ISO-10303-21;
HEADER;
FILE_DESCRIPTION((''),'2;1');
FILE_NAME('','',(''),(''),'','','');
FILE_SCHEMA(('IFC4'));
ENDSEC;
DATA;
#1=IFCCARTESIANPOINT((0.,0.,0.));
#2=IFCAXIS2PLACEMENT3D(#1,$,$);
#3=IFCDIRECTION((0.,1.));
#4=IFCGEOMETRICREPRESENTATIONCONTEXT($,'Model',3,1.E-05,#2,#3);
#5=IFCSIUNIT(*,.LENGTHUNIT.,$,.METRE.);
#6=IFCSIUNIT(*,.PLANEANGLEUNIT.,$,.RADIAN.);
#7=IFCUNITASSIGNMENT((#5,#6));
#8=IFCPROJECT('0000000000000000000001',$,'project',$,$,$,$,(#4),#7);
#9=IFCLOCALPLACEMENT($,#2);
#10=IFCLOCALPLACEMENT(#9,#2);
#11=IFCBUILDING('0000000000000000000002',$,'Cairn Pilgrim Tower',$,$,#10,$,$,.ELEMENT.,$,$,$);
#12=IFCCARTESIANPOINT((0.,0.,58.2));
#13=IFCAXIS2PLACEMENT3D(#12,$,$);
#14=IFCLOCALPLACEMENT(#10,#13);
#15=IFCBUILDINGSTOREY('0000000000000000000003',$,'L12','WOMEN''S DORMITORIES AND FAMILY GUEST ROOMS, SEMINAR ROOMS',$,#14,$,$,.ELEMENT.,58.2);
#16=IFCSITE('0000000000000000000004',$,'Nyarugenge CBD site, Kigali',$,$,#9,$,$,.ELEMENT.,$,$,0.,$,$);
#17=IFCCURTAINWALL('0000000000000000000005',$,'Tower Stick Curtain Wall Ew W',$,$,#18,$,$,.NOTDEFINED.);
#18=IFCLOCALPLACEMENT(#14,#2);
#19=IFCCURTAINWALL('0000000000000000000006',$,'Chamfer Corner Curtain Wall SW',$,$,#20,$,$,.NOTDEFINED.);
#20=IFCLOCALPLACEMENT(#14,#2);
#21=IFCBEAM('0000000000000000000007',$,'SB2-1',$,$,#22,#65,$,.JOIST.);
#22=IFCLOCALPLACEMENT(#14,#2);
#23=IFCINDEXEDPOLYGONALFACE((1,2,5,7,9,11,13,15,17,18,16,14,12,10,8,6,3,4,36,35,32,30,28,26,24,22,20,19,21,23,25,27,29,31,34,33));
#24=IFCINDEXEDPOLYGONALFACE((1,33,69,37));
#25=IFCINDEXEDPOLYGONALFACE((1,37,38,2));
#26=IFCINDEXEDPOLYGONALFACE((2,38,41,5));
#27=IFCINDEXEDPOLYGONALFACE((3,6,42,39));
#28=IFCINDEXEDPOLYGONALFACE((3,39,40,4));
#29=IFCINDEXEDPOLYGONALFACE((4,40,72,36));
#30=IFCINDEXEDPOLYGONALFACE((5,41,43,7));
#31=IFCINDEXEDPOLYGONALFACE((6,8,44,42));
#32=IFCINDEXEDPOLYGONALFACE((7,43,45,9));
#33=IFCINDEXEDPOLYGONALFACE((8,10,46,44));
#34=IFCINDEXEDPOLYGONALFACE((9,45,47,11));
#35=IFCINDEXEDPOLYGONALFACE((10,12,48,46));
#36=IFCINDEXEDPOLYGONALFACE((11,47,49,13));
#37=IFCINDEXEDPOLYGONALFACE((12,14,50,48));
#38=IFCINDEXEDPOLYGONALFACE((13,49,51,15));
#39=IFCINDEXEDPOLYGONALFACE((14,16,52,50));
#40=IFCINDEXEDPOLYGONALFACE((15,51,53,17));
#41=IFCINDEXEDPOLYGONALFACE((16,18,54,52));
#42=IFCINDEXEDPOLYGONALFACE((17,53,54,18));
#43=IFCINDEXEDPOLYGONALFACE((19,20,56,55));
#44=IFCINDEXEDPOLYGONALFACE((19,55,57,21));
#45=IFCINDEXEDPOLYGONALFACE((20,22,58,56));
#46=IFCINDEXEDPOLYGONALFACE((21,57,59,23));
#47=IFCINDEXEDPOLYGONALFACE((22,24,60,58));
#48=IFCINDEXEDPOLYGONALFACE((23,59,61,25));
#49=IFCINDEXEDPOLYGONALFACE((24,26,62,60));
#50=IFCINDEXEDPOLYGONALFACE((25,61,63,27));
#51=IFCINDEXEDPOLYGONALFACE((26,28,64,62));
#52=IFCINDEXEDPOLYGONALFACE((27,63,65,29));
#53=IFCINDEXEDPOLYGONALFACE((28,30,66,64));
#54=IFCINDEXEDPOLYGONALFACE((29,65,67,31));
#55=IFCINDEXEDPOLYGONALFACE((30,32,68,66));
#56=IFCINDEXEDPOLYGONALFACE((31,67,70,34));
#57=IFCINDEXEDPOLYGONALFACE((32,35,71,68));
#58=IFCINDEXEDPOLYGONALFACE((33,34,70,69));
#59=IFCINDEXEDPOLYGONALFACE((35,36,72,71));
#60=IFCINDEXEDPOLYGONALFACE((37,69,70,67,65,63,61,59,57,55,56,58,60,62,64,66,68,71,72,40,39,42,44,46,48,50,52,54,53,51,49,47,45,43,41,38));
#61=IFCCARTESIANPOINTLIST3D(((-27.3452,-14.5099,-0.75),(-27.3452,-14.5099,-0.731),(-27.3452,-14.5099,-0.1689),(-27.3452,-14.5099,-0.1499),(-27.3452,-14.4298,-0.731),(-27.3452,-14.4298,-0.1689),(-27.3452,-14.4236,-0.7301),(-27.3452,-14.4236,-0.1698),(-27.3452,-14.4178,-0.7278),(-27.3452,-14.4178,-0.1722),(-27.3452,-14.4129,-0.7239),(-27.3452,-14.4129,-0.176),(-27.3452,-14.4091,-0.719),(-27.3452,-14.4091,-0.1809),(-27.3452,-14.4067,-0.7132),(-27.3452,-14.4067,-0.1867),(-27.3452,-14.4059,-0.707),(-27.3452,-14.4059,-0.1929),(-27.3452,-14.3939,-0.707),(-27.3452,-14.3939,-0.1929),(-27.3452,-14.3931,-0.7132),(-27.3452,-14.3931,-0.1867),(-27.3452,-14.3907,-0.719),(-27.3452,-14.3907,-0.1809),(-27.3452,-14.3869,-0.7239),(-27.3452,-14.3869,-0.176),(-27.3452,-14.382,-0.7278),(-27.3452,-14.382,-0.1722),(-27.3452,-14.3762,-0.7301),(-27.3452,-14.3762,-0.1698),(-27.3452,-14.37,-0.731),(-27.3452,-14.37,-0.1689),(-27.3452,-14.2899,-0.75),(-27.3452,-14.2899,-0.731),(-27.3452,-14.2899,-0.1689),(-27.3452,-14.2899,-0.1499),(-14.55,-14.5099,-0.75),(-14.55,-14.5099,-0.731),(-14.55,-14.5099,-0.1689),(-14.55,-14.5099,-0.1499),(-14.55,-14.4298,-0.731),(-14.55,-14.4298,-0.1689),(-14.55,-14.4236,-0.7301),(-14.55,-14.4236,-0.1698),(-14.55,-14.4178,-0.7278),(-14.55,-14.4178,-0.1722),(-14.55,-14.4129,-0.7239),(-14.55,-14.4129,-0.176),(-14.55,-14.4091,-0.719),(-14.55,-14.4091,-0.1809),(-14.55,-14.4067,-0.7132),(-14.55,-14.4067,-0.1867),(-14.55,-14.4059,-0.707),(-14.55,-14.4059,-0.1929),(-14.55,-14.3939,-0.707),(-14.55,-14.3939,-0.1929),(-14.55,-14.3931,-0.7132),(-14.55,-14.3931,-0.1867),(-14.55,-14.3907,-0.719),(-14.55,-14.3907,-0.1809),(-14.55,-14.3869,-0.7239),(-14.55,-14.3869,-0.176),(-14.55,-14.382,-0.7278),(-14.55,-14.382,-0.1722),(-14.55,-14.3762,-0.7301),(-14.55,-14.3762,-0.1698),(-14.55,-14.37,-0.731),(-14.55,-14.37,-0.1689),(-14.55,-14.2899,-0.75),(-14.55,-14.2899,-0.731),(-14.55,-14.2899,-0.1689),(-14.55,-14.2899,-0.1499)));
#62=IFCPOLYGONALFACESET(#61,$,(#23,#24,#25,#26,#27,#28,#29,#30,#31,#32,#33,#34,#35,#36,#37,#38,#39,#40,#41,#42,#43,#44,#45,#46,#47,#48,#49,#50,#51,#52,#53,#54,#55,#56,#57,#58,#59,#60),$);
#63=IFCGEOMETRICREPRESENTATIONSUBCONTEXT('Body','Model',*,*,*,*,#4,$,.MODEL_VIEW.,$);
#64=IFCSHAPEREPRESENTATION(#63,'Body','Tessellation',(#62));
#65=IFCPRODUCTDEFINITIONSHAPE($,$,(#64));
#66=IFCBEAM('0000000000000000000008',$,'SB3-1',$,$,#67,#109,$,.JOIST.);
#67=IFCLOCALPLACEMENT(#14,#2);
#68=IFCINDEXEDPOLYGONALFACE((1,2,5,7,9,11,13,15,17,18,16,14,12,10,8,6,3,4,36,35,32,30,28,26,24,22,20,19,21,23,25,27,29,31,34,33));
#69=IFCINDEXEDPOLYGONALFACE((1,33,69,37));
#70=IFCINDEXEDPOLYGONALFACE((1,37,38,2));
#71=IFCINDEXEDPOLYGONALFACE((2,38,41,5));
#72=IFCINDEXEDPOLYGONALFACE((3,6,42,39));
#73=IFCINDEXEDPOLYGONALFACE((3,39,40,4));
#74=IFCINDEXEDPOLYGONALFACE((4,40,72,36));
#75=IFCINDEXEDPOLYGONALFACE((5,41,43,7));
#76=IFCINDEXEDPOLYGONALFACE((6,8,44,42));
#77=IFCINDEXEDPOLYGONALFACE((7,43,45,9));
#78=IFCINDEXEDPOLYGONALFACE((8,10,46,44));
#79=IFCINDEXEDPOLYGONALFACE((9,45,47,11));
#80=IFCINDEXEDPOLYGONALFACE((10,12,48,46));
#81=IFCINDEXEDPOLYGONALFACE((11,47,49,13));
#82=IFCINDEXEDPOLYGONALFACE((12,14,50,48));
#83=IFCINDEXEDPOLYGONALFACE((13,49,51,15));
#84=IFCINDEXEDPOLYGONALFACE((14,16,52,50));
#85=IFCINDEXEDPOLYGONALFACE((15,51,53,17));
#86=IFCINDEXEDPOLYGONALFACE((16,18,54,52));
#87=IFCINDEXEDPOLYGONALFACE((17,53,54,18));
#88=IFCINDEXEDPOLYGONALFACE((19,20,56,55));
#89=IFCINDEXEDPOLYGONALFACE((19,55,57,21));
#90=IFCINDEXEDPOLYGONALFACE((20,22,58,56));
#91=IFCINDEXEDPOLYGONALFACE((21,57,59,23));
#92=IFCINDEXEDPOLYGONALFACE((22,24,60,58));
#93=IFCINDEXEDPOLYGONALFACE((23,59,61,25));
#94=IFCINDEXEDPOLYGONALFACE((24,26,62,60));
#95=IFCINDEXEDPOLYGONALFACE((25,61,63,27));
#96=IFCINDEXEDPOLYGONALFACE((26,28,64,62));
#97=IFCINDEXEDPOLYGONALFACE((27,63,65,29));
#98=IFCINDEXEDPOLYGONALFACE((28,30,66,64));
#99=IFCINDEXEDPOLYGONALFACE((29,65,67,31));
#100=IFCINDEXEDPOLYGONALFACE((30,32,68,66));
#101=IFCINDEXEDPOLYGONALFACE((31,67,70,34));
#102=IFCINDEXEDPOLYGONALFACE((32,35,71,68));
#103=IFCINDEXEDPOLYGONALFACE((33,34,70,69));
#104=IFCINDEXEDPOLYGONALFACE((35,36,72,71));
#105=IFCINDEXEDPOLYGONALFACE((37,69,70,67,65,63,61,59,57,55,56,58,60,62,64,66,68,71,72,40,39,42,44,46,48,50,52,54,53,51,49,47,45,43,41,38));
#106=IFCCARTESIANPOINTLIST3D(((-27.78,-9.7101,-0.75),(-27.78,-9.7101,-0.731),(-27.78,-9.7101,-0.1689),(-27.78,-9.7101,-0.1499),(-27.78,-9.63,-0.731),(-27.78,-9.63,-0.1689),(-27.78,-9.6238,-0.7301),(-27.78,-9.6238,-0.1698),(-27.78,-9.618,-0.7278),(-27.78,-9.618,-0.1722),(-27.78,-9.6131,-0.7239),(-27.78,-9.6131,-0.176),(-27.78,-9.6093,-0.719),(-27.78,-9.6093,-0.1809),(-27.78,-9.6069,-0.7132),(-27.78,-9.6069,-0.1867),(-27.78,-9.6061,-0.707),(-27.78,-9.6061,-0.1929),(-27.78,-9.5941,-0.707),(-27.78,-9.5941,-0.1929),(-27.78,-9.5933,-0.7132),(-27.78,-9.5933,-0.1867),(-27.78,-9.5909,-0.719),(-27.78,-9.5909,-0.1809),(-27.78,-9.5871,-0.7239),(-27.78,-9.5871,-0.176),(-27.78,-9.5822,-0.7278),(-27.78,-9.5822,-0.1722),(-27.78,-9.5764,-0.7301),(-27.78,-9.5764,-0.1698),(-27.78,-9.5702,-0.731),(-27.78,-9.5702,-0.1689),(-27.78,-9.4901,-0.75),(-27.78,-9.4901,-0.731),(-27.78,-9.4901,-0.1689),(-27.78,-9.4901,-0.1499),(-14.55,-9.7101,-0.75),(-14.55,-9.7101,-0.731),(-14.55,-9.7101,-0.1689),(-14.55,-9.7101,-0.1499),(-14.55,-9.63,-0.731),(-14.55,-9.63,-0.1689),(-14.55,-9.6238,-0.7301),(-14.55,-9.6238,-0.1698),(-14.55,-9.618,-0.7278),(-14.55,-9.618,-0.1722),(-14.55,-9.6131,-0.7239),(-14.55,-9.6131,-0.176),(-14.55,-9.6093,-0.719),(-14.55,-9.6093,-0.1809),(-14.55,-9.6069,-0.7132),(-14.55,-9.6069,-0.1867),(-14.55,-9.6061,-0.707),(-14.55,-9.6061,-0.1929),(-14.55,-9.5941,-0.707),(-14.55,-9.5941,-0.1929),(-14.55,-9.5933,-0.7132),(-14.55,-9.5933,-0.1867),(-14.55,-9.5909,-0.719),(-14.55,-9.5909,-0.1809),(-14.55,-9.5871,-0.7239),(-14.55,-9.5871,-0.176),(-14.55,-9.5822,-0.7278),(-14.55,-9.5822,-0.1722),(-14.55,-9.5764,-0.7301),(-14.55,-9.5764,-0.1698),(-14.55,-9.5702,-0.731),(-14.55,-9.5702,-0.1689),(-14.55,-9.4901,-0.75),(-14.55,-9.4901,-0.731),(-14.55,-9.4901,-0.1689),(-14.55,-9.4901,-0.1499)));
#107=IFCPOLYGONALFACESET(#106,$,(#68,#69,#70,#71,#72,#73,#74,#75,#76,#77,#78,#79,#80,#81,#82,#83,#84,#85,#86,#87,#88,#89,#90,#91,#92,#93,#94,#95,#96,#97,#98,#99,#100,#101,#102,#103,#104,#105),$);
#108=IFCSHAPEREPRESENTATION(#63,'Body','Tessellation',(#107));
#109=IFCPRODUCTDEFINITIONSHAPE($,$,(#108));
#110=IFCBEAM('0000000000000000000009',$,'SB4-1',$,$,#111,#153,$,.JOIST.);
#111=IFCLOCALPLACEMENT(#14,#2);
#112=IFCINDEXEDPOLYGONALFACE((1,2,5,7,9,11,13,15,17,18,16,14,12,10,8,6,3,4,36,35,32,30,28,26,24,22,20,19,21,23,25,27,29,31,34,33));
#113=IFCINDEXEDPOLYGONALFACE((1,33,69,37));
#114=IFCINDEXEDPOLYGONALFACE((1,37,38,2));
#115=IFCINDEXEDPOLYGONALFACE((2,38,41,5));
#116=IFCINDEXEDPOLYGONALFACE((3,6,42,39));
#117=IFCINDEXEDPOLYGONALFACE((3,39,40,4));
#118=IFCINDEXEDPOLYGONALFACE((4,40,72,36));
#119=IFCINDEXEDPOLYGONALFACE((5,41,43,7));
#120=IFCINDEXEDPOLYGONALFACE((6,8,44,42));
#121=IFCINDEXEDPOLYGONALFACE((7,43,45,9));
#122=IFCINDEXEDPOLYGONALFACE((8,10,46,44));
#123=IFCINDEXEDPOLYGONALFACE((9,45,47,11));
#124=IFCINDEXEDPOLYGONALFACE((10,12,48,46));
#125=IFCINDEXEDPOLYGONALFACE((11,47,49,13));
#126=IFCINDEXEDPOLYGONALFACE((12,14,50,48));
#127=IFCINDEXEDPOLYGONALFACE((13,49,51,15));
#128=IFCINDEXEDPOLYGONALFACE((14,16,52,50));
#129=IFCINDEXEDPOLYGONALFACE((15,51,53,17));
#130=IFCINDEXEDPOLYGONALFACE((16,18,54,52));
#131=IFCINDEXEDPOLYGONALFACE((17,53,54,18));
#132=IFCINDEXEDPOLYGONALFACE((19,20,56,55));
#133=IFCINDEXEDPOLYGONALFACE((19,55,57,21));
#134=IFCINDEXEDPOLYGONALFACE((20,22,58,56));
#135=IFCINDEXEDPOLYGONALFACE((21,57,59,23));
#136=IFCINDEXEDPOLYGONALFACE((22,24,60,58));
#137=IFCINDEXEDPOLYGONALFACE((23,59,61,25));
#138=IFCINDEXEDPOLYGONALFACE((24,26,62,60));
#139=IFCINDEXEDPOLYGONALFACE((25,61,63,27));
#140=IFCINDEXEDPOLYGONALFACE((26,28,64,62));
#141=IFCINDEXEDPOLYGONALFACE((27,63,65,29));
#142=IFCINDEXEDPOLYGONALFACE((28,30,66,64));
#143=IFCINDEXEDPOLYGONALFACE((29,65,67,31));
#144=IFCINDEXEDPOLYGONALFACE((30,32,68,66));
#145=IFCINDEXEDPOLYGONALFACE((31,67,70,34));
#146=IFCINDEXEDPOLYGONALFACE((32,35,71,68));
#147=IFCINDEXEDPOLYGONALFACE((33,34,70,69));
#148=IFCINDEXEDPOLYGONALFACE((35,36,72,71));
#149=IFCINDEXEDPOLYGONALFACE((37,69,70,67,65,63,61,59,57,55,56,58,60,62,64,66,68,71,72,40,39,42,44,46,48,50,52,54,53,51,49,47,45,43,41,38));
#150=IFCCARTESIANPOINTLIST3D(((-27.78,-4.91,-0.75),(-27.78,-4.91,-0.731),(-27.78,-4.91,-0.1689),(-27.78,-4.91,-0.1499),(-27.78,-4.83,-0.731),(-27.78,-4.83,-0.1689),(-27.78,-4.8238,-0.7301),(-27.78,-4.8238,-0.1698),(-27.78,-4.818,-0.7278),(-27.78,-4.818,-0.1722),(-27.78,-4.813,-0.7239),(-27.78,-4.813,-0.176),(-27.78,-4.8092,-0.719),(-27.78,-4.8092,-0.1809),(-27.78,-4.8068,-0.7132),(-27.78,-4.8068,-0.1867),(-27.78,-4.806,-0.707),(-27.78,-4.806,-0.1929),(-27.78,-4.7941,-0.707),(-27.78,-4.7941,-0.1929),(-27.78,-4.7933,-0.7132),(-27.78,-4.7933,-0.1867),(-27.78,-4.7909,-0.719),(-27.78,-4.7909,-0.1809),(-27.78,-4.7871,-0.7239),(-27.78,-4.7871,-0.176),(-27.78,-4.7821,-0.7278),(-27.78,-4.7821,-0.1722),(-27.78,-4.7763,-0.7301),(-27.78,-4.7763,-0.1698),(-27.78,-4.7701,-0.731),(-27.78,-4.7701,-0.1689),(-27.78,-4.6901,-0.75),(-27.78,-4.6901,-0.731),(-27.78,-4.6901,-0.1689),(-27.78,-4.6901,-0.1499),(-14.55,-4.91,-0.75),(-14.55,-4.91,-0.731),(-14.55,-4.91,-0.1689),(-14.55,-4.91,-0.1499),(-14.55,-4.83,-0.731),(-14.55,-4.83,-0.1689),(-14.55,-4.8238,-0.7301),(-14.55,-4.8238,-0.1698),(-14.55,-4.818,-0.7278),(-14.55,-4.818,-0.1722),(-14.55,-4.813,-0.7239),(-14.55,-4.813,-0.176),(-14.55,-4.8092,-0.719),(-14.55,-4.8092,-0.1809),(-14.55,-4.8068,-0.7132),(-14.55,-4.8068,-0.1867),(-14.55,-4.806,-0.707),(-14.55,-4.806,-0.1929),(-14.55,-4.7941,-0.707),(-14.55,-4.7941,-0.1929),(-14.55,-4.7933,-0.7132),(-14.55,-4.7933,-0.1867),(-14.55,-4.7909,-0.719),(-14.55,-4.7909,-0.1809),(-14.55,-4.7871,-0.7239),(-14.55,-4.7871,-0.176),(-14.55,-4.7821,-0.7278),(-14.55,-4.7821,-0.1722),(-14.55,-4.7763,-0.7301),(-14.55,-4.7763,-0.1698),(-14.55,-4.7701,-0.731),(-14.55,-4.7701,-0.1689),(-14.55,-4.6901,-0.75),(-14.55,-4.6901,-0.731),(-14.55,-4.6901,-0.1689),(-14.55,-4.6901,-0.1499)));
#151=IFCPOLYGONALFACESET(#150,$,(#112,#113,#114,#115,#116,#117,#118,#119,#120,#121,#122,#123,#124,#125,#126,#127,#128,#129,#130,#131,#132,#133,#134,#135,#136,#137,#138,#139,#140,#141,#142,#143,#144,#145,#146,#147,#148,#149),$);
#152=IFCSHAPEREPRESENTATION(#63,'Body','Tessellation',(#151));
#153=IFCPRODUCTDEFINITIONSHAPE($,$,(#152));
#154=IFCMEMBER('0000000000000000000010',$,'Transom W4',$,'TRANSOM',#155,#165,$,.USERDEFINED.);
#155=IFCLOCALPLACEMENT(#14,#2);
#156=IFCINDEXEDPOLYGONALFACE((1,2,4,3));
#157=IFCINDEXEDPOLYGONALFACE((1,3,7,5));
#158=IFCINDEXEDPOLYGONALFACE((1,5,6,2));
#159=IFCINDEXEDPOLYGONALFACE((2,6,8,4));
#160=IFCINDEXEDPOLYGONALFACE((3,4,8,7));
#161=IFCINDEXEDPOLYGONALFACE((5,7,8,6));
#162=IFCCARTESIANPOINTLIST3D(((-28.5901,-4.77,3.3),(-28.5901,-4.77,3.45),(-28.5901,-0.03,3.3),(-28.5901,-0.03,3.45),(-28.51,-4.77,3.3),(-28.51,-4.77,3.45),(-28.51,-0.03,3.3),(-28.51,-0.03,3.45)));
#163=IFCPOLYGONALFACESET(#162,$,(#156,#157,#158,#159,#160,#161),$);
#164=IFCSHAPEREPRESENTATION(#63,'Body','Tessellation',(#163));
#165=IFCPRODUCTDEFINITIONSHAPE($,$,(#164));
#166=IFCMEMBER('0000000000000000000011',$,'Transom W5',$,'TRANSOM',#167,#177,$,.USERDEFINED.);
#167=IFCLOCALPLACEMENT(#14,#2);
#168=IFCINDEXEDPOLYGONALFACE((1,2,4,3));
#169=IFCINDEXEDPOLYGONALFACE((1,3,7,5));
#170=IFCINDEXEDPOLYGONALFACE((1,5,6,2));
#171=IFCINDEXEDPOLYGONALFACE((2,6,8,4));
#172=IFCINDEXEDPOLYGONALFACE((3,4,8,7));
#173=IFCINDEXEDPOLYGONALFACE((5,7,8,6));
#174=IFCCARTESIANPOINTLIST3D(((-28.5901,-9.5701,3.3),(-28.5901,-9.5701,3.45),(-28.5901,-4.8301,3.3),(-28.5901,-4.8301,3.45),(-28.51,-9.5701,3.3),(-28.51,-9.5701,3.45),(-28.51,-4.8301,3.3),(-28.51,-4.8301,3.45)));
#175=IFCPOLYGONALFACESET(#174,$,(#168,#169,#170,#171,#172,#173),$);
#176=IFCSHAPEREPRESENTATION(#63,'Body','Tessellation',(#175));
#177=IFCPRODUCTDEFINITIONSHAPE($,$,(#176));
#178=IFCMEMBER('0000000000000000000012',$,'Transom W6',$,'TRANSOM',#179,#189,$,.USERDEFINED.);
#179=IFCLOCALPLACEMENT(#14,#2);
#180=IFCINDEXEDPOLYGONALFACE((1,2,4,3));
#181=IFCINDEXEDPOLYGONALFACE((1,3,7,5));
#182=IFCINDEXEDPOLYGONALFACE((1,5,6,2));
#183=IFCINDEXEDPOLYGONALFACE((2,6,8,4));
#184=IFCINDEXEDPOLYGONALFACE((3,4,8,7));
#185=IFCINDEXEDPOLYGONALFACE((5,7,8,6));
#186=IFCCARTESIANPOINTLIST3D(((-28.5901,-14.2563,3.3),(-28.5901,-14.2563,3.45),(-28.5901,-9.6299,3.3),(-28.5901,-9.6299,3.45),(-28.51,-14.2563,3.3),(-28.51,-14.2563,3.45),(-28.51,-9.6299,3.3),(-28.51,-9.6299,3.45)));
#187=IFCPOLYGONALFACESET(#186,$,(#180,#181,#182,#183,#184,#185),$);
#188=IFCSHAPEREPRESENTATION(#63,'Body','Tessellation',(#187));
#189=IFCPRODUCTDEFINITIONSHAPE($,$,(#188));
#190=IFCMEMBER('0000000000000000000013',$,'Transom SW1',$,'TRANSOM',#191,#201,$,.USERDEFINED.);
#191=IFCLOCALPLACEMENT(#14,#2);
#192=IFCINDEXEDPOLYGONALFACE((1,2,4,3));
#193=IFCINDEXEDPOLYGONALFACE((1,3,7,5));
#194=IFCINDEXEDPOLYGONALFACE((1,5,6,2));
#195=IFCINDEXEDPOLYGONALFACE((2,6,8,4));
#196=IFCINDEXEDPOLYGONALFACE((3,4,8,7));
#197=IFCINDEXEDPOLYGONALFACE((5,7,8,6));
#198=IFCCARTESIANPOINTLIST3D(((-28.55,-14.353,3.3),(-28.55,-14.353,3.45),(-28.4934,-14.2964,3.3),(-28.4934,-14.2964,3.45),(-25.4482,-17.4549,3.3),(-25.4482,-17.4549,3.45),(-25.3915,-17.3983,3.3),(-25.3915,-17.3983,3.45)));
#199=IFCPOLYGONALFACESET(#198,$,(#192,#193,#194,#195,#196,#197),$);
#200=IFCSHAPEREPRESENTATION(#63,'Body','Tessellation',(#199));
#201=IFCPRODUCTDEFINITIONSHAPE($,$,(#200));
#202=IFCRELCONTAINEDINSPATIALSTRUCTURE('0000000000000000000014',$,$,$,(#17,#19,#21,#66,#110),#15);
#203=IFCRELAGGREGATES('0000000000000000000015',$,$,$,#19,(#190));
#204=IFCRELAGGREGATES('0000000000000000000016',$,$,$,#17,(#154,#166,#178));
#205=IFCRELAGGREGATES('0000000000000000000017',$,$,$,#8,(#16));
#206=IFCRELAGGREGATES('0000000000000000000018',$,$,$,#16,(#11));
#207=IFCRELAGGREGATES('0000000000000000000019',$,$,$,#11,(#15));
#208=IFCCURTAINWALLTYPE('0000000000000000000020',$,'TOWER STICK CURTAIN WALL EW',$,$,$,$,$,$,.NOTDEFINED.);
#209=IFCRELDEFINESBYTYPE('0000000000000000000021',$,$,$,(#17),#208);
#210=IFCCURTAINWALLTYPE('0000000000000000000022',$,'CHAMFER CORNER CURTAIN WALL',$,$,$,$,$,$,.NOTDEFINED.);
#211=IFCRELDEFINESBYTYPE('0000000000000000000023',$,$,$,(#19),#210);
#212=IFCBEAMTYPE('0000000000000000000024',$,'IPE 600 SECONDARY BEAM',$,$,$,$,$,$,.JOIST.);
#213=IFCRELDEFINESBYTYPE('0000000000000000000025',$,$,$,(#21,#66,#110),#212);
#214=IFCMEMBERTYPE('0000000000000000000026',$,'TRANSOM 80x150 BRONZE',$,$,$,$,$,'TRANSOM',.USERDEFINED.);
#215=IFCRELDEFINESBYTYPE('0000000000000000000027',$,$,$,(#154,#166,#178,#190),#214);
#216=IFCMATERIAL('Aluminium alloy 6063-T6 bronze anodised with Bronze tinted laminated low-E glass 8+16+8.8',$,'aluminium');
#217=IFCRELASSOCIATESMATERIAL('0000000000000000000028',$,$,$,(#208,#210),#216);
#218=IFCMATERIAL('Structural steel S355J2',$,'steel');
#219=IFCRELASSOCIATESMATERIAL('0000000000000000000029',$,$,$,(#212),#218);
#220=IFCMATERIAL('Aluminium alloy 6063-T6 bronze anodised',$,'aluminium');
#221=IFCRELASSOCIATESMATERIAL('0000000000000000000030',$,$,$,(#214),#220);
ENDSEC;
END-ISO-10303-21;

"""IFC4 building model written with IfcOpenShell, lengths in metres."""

from ifc_helpers import new_model, si_unit, direction, frame, origin, origin_2d, place, context, subcontext, project, spatial, rectangle, i_section, extrude, material, material_profile, profile_set, type_object, element, aggregate, save


model = new_model("IFC4")

# Units and contexts
model_context = context("Model", 3, precision=1e-05, world=origin(), true_north=direction((0.0, 1.0)))
body_context = subcontext(model_context, "Body", "Model", "MODEL_VIEW")
ifc_project = project(units=[si_unit("LENGTHUNIT", "METRE"), si_unit("PLANEANGLEUNIT", "RADIAN")], contexts=[model_context])

# Site, building, storey
site_placement = place(None, origin())
site = spatial("IfcSite", under=ifc_project, at=site_placement, Name="Nyarugenge CBD site, Kigali", CompositionType="ELEMENT", RefElevation=0.0)
building_placement = place(site_placement, origin())
building = spatial("IfcBuilding", under=site, at=building_placement, Name="Cairn Pilgrim Tower", CompositionType="ELEMENT")
storey_placement = place(building_placement, frame((0.0, 0.0, 58.2)))
storey = spatial("IfcBuildingStorey", under=building, at=storey_placement, Name="L12", Description="WOMEN'S DORMITORIES AND FAMILY GUEST ROOMS, SEMINAR ROOMS", CompositionType="ELEMENT", Elevation=58.2)

# Curtain wall
ifc_material_1 = material(Name="Aluminium alloy 6063-T6 bronze anodised with Bronze tinted laminated low-E glass 8+16+8.8", Category="aluminium")
curtain_wall_type_1 = type_object("IfcCurtainWallType", Name="TOWER STICK CURTAIN WALL EW", PredefinedType="NOTDEFINED", material=ifc_material_1)
curtain_wall_1_placement = place(storey_placement, origin())
curtain_wall_1 = element("IfcCurtainWall", 1, at=curtain_wall_1_placement, inside=storey, type_object=curtain_wall_type_1, Name="Tower Stick Curtain Wall Ew W", PredefinedType="NOTDEFINED")
ifc_material_2 = material(Name="Aluminium alloy 6063-T6 bronze anodised", Category="aluminium")

# Curtain wall
curtain_wall_type_2 = type_object("IfcCurtainWallType", Name="CHAMFER CORNER CURTAIN WALL", PredefinedType="NOTDEFINED", material=ifc_material_1)
curtain_wall_2_placement = place(storey_placement, origin())
curtain_wall_2 = element("IfcCurtainWall", 2, at=curtain_wall_2_placement, inside=storey, type_object=curtain_wall_type_2, Name="Chamfer Corner Curtain Wall SW", PredefinedType="NOTDEFINED")

# Beams
ifc_material_3 = material(Name="Structural steel S355J2", Category="steel")
ifc_material_profile_1 = material_profile(ifc_material_3, i_section(OverallWidth=0.22, OverallDepth=0.6001, WebThickness=0.012, FlangeThickness=0.019, FilletRadius=0.0239, at=origin_2d()), Name="IPE 600")
ifc_profile_set_1 = profile_set([ifc_material_profile_1], Name="Structural steel S355J2")
beam_type_1 = type_object("IfcBeamType", Name="IPE 600 SECONDARY BEAM", PredefinedType="JOIST", material=ifc_profile_set_1)
beam_1_placement = place(storey_placement, frame((-27.3452, -14.3999, -0.45), z_axis=(1.0, 0.0, 0.0), x_axis=(0.0, 1.0, 0.0)))
element("IfcBeam", 3, at=beam_1_placement, inside=storey, type_object=beam_type_1, Name="SB2-1", PredefinedType="JOIST", context=body_context, shape_type="SweptSolid", body=[
    extrude(i_section(OverallWidth=0.22, OverallDepth=0.6001, WebThickness=0.012, FlangeThickness=0.019, FilletRadius=0.0239, at=origin_2d()), origin(), (0.0, 0.0, 1.0), 12.7952),
])
for number, where, z_axis, x_axis, name in (
    (4, (-27.78, -9.6001, -0.45), (1.0, 0.0, 0.0), (0.0, 1.0, 0.0), "SB3-1"),
    (5, (-27.78, -4.8, -0.45), (1.0, 0.0, 0.0), (0.0, 1.0, 0.0), "SB4-1"),
):
    element("IfcBeam", number, at=place(storey_placement, frame(where, z_axis=z_axis, x_axis=x_axis)), inside=storey, type_object=beam_type_1, Name=name, PredefinedType="JOIST", context=body_context, shape_type="SweptSolid", body=[
        extrude(i_section(OverallWidth=0.22, OverallDepth=0.6001, WebThickness=0.012, FlangeThickness=0.019, FilletRadius=0.0239, at=origin_2d()), origin(), (0.0, 0.0, 1.0), 13.23),
    ])

# Members
ifc_material_profile_2 = material_profile(ifc_material_2, rectangle(XDim=0.0801, YDim=0.1499, at=origin_2d()), Name="TRANSOM 80x150 BRONZE")
ifc_profile_set_2 = profile_set([ifc_material_profile_2], Name="Aluminium alloy 6063-T6 bronze anodised")
member_type_1 = type_object("IfcMemberType", Name="TRANSOM 80x150 BRONZE", ElementType="TRANSOM", PredefinedType="USERDEFINED", material=ifc_profile_set_2)
member_1_placement = place(storey_placement, frame((-28.55, -0.03, 3.375), z_axis=(0.0, -1.0, 0.0), x_axis=(1.0, 0.0, 0.0)))
member_1 = element("IfcMember", 6, at=member_1_placement, type_object=member_type_1, Name="Transom W4", ObjectType="TRANSOM", PredefinedType="USERDEFINED", context=body_context, shape_type="SweptSolid", body=[
    extrude(rectangle(XDim=0.0801, YDim=0.1499, at=origin_2d()), origin(), (0.0, 0.0, 1.0), 4.74),
])
member_2_placement = place(storey_placement, frame((-28.55, -4.8301, 3.375), z_axis=(0.0, -1.0, 0.0), x_axis=(1.0, 0.0, 0.0)))
member_2 = element("IfcMember", 7, at=member_2_placement, type_object=member_type_1, Name="Transom W5", ObjectType="TRANSOM", PredefinedType="USERDEFINED", context=body_context, shape_type="SweptSolid", body=[
    extrude(rectangle(XDim=0.0801, YDim=0.1499, at=origin_2d()), origin(), (0.0, 0.0, 1.0), 4.74),
])
member_3_placement = place(storey_placement, frame((-28.55, -9.6299, 3.375), z_axis=(0.0, -1.0, 0.0), x_axis=(1.0, 0.0, 0.0)))
member_3 = element("IfcMember", 8, at=member_3_placement, type_object=member_type_1, Name="Transom W6", ObjectType="TRANSOM", PredefinedType="USERDEFINED", context=body_context, shape_type="SweptSolid", body=[
    extrude(rectangle(XDim=0.0801, YDim=0.1499, at=origin_2d()), origin(), (0.0, 0.0, 1.0), 4.6265),
])
member_4_placement = place(storey_placement, frame((-28.5217, -14.3247, 3.375), z_axis=(0.707107, -0.707107, 0.0), x_axis=(0.707107, 0.707107, 0.0)))
member_4 = element("IfcMember", 9, at=member_4_placement, type_object=member_type_1, Name="Transom SW1", ObjectType="TRANSOM", PredefinedType="USERDEFINED", context=body_context, shape_type="SweptSolid", body=[
    extrude(rectangle(XDim=0.0801, YDim=0.1499, at=origin_2d()), origin(), (0.0, 0.0, 1.0), 4.3867),
])
aggregate(curtain_wall_2, [member_4])

aggregate(curtain_wall_1, [member_1, member_2, member_3])

save(model, "model.ifc")
